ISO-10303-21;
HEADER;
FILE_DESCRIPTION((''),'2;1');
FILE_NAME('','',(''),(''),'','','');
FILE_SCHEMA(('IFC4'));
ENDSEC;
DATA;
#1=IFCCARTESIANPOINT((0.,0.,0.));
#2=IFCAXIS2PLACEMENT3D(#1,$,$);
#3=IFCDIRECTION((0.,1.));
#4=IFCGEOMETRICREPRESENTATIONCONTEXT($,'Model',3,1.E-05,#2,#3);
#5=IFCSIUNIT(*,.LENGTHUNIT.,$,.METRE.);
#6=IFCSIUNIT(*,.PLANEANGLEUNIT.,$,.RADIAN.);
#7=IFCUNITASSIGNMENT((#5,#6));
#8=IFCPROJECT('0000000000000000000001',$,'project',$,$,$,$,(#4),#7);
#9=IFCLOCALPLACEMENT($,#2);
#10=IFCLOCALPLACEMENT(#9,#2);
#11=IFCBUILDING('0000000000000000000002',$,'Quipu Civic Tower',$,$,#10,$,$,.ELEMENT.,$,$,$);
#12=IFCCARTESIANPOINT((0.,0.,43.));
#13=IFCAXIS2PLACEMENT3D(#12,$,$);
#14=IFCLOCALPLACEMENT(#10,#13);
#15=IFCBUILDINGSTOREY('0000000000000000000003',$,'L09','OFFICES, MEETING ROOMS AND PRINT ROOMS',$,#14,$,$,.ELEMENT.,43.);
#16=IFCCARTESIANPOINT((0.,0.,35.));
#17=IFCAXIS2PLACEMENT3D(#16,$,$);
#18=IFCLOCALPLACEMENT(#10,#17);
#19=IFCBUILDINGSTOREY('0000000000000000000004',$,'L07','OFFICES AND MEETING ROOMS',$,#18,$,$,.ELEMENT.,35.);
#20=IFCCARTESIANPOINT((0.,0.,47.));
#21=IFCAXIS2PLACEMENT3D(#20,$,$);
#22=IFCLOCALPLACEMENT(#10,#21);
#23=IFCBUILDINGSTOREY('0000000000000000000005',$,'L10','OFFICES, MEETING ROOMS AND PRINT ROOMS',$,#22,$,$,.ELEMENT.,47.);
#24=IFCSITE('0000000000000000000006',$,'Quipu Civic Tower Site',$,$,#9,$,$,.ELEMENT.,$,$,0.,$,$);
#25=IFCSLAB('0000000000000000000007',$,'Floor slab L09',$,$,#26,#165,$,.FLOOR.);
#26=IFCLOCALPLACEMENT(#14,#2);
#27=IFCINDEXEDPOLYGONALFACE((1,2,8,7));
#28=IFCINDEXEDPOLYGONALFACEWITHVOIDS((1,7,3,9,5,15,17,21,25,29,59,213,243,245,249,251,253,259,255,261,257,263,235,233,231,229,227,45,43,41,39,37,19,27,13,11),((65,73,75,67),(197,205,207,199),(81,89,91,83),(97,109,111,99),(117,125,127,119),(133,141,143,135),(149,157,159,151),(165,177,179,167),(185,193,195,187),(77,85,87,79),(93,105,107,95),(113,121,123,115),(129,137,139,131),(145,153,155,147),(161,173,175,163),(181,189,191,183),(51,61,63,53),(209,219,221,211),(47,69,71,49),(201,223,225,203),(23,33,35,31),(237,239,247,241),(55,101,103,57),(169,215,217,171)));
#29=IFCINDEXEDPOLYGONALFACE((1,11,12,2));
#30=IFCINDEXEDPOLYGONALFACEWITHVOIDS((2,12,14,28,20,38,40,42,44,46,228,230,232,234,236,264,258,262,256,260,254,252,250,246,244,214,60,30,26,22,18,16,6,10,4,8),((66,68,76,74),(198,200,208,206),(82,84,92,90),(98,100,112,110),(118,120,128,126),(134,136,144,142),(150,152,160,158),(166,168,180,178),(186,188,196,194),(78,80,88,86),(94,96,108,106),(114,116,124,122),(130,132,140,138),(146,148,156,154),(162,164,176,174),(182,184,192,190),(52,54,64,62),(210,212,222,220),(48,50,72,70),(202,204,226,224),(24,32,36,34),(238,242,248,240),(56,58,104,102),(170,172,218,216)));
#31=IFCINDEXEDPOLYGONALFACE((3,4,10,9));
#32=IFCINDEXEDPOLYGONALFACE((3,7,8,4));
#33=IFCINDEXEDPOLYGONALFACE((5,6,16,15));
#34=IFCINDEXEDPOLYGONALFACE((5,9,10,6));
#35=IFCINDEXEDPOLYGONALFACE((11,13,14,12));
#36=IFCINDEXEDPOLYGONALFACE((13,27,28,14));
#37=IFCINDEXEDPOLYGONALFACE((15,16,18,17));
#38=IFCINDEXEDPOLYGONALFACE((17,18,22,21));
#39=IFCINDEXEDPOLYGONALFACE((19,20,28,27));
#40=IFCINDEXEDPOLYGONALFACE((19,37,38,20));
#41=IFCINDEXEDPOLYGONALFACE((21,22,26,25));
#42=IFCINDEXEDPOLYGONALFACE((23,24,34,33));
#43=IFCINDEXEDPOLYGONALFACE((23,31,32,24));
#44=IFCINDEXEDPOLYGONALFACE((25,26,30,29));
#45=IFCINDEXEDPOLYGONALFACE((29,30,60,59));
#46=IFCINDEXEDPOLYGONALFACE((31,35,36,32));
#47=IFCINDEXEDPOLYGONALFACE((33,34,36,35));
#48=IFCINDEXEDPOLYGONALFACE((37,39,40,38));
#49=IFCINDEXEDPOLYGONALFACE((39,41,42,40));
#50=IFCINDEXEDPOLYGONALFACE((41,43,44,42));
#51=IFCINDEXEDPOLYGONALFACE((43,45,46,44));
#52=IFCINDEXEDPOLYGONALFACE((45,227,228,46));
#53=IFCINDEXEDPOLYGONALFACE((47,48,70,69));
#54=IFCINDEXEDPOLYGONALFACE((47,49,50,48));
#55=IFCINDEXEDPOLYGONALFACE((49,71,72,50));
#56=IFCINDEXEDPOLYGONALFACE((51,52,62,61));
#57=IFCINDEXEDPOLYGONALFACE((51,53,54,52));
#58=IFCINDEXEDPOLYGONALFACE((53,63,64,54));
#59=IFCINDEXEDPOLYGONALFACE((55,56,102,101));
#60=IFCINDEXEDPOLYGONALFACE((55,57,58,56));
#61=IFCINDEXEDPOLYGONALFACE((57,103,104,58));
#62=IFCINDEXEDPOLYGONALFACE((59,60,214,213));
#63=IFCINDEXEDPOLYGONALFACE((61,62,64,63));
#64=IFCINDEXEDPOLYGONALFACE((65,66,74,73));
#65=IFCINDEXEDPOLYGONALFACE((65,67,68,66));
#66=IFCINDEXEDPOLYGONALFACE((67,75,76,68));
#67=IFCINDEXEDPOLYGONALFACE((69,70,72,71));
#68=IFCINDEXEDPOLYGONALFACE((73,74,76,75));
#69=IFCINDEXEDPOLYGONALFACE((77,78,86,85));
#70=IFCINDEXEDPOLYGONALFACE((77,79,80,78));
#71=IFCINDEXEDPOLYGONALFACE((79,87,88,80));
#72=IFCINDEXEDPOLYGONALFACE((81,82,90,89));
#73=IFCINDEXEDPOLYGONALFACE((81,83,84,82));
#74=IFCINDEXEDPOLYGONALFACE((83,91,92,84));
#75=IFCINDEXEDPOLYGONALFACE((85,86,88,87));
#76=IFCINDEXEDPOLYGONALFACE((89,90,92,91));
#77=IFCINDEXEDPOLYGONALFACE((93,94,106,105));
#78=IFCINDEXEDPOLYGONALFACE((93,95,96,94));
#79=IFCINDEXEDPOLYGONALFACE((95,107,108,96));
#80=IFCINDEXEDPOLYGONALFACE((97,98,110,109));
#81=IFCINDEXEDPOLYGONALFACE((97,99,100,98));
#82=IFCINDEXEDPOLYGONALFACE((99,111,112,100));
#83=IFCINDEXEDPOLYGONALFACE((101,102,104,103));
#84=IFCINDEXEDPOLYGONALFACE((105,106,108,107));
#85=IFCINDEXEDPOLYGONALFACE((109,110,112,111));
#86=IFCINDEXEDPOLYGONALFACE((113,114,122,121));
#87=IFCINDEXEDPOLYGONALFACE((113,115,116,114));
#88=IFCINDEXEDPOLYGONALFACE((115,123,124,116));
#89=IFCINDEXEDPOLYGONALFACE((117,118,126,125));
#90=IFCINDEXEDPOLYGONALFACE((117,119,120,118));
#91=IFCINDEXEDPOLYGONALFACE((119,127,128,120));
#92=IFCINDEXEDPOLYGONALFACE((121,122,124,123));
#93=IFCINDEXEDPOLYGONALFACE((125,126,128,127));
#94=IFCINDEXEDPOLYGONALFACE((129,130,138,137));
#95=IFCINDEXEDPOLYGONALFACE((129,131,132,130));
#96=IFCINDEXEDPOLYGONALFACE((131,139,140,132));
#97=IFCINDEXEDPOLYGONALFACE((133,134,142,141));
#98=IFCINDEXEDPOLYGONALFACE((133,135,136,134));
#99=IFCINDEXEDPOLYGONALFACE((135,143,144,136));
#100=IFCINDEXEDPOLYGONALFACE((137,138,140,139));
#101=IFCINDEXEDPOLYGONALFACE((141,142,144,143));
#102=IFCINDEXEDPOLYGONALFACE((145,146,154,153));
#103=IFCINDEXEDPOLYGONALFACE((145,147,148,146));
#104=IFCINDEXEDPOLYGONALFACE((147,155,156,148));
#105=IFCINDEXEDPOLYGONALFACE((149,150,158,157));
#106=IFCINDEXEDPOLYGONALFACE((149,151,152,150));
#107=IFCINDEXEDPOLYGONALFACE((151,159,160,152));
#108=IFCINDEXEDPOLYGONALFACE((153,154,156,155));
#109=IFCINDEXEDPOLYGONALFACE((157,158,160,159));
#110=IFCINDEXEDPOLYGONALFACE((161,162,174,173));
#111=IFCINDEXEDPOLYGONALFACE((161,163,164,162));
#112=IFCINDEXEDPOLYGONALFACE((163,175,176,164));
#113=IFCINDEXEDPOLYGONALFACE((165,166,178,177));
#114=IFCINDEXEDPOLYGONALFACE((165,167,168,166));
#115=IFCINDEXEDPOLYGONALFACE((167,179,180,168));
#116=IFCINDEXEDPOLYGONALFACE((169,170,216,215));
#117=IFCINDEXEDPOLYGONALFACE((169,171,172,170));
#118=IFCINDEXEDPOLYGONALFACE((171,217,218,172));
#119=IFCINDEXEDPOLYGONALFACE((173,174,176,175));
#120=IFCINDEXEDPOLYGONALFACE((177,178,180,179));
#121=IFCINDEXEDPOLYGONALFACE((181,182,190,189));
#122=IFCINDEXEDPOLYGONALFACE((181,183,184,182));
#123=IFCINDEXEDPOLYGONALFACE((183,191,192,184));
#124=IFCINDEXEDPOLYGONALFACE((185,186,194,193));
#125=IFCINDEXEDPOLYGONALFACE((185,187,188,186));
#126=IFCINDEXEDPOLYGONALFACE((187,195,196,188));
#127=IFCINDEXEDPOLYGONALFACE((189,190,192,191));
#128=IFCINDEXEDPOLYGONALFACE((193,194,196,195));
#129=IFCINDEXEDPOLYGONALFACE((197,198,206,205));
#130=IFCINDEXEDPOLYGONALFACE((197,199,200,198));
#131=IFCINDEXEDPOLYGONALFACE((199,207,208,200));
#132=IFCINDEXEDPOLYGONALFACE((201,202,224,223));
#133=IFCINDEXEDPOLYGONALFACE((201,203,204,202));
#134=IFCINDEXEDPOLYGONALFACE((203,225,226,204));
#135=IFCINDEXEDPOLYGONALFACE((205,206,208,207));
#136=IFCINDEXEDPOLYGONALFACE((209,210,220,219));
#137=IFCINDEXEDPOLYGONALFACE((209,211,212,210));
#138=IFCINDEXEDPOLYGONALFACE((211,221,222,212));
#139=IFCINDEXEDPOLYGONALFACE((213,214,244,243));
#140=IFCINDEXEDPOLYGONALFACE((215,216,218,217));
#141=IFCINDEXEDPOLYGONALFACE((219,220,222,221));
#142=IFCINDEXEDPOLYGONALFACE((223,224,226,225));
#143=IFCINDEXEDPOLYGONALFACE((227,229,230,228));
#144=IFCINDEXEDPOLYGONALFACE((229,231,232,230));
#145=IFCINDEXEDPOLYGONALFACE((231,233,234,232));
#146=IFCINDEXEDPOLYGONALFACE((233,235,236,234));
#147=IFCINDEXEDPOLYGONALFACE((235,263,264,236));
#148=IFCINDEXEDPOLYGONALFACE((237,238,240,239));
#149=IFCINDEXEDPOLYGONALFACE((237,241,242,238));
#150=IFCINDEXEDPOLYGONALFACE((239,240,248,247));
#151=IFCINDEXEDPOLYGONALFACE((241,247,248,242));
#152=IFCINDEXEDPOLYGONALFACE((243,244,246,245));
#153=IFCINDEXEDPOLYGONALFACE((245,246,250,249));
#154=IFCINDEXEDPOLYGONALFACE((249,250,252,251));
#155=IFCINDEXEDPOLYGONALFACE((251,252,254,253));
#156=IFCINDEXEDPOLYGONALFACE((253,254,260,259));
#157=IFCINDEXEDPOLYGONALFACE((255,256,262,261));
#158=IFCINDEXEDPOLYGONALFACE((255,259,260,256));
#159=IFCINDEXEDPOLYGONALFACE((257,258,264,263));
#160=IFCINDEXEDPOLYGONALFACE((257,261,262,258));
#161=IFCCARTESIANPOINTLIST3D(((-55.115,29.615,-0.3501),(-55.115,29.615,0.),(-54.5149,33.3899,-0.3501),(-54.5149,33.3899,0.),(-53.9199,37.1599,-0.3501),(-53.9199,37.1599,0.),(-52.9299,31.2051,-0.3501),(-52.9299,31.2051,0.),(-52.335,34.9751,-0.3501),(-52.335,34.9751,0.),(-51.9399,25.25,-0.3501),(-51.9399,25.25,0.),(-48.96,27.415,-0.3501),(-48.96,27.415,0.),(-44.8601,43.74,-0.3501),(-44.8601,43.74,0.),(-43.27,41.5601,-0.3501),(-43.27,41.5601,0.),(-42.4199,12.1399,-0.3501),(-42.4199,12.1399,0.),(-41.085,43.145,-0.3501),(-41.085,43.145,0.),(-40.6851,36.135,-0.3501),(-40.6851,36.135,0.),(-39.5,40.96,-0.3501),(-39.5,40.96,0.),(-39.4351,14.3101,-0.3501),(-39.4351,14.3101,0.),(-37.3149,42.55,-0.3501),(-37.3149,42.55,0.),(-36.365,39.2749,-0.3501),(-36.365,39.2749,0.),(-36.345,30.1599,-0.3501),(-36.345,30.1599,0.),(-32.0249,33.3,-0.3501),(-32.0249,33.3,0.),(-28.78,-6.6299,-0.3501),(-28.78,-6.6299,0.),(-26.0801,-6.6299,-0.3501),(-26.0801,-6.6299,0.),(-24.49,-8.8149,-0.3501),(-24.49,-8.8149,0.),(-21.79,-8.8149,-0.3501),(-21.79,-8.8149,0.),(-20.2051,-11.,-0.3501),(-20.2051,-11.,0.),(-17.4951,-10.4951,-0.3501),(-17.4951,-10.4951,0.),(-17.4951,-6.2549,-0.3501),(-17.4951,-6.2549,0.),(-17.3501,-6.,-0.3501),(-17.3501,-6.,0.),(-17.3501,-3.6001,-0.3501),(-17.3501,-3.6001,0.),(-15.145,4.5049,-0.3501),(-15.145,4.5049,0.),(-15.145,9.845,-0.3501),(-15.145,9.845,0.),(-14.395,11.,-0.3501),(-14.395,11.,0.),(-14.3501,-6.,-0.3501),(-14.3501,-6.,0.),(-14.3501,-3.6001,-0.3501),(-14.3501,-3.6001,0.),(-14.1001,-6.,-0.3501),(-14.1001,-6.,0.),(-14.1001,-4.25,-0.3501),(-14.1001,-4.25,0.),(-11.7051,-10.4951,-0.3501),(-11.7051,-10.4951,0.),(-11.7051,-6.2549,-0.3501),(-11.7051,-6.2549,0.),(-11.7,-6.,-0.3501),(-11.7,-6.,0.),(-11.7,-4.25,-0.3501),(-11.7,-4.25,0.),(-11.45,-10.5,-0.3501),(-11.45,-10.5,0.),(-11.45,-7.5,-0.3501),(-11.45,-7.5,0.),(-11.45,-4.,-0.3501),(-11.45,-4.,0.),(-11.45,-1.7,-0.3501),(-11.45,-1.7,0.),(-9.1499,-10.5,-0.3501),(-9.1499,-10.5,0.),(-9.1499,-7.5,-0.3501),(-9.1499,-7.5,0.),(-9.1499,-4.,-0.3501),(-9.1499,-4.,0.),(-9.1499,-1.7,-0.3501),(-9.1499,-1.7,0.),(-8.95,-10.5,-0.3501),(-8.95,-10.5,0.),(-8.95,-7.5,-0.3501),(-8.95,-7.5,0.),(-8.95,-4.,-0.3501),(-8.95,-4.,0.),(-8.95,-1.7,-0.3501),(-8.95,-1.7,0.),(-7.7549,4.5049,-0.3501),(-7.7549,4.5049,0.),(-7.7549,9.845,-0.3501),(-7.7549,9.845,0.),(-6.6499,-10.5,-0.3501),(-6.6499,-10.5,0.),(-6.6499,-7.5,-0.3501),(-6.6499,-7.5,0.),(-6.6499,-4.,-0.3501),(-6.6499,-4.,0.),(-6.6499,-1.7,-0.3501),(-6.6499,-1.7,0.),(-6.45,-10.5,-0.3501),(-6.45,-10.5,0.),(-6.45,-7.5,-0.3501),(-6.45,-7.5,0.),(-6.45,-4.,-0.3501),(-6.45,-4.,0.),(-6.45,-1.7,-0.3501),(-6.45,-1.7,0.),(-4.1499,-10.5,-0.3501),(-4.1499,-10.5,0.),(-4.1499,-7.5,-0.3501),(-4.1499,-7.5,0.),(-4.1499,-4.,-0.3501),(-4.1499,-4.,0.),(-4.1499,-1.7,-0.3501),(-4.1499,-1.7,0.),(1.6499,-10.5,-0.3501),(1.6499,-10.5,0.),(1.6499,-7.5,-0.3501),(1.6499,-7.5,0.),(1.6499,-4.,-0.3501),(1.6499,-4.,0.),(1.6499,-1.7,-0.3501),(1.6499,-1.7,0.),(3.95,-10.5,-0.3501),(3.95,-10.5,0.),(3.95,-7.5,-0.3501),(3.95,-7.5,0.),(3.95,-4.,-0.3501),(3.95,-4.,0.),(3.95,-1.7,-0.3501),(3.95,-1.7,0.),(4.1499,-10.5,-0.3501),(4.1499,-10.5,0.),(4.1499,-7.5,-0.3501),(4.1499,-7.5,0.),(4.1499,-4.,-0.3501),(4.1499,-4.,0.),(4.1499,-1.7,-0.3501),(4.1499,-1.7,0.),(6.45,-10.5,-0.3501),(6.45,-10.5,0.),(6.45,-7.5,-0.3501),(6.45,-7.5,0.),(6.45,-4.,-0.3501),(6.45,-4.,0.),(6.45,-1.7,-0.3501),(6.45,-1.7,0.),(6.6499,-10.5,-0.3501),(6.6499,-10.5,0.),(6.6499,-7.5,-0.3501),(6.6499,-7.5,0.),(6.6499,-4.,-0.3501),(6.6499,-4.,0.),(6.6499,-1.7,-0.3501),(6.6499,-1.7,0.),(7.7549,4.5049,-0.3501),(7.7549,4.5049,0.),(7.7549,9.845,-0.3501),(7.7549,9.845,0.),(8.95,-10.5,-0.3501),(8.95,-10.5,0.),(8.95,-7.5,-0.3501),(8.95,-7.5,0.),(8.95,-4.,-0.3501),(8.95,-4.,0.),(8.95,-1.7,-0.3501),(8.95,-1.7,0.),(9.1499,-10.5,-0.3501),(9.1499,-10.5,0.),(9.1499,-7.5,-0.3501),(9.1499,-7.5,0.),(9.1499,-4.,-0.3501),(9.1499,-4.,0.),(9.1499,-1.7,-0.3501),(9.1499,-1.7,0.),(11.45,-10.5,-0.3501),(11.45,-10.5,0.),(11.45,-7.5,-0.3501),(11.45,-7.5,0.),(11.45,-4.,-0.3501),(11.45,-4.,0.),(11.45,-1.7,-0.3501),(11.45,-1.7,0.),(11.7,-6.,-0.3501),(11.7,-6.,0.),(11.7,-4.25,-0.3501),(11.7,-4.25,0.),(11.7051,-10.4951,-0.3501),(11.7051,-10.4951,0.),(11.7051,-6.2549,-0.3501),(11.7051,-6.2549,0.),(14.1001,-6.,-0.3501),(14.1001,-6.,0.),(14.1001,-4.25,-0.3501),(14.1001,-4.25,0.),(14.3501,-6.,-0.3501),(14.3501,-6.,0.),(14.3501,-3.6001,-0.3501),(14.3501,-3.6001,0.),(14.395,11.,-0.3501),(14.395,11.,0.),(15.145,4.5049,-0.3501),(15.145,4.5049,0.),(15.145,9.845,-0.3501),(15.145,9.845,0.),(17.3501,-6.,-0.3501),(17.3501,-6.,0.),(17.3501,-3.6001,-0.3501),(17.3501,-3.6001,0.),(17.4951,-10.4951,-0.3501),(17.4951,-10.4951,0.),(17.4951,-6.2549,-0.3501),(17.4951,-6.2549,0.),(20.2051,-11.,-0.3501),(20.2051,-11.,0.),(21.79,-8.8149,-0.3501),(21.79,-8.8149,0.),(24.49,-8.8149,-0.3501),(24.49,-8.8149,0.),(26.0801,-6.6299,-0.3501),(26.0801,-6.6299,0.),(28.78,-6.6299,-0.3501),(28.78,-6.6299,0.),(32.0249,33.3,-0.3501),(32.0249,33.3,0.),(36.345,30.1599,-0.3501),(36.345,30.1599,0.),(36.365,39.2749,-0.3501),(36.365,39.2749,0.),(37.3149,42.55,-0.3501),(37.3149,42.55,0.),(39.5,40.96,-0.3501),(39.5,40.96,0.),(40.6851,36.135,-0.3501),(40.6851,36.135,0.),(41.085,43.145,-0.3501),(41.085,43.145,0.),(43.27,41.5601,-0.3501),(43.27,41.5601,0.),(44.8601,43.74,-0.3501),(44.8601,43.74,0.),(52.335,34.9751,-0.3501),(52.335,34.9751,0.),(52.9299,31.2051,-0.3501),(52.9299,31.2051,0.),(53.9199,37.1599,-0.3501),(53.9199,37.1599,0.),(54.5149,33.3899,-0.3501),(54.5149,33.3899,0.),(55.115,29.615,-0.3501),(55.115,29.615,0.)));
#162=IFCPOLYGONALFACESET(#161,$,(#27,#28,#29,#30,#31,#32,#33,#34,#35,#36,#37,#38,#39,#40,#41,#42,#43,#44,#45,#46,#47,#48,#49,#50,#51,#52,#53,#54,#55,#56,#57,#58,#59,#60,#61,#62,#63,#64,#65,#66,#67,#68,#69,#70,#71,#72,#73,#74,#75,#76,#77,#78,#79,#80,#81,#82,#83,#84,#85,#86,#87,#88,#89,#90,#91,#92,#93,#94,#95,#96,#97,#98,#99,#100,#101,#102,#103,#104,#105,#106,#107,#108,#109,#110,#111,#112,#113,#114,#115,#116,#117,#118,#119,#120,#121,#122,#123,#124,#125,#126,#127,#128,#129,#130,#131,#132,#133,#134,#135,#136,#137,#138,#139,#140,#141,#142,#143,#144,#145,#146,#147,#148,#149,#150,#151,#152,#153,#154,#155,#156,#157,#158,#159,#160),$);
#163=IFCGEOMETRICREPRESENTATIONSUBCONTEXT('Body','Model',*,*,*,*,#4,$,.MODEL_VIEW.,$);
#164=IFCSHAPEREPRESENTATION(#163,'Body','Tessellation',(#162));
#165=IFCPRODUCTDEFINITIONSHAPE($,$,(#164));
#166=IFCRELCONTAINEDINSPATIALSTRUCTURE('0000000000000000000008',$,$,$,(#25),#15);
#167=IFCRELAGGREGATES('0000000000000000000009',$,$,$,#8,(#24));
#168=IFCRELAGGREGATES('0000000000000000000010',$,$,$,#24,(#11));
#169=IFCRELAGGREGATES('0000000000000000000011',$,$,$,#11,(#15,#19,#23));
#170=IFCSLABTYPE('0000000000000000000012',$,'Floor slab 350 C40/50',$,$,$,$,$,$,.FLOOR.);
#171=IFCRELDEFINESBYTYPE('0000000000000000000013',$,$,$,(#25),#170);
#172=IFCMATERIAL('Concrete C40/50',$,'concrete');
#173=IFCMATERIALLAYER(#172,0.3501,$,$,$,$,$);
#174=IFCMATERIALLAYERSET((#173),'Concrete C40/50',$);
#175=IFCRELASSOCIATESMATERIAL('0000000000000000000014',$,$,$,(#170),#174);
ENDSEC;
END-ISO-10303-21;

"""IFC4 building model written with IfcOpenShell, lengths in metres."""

from ifc_helpers import new_model, si_unit, direction, frame, origin, place, context, subcontext, project, spatial, polyline, outline, extrude, material, layer, layer_set, type_object, element, save


model = new_model("IFC4")

# Units and contexts
model_context = context("Model", 3, precision=1e-05, world=origin(), true_north=direction((0.0, 1.0)))
body_context = subcontext(model_context, "Body", "Model", "MODEL_VIEW")
ifc_project = project(units=[si_unit("LENGTHUNIT", "METRE"), si_unit("PLANEANGLEUNIT", "RADIAN")], contexts=[model_context])

# Site, building, storey
site_placement = place(None, origin())
site = spatial("IfcSite", under=ifc_project, at=site_placement, Name="Quipu Civic Tower Site", CompositionType="ELEMENT", RefElevation=0.0)
building_placement = place(site_placement, origin())
building = spatial("IfcBuilding", under=site, at=building_placement, Name="Quipu Civic Tower", CompositionType="ELEMENT")
storey_1_placement = place(building_placement, frame((0.0, 0.0, 43.0)))
storey_1 = spatial("IfcBuildingStorey", under=building, at=storey_1_placement, Name="L09", Description="OFFICES, MEETING ROOMS AND PRINT ROOMS", CompositionType="ELEMENT", Elevation=43.0)

# Shared definitions
storey_2_placement = place(building_placement, frame((0.0, 0.0, 35.0)))
storey_2 = spatial("IfcBuildingStorey", under=building, at=storey_2_placement, Name="L07", Description="OFFICES AND MEETING ROOMS", CompositionType="ELEMENT", Elevation=35.0)

# Shared definitions
storey_3_placement = place(building_placement, frame((0.0, 0.0, 47.0)))
storey_3 = spatial("IfcBuildingStorey", under=building, at=storey_3_placement, Name="L10", Description="OFFICES, MEETING ROOMS AND PRINT ROOMS", CompositionType="ELEMENT", Elevation=47.0)

# Slab
ifc_material_1 = material(Name="Concrete C40/50", Category="concrete")
ifc_layer_1 = layer(ifc_material_1, 0.3501)
ifc_layer_set_1 = layer_set([ifc_layer_1], Name="Concrete C40/50")
slab_type_1 = type_object("IfcSlabType", Name="Floor slab 350 C40/50", PredefinedType="FLOOR", material=ifc_layer_set_1)
slab_1_placement = place(storey_1_placement, frame((0.0, 0.0, -0.3501)))
element("IfcSlab", 1, at=slab_1_placement, inside=storey_1, type_object=slab_type_1, Name="Floor slab L09", PredefinedType="FLOOR", context=body_context, shape_type="SweptSolid", body=[
    extrude(outline(polyline([(-54.5149, 33.3899), (-52.335, 34.9751), (-53.9199, 37.1599), (-44.8601, 43.74), (-43.27, 41.5601), (-41.085, 43.145), (-39.5, 40.96), (-37.3149, 42.55), (-14.395, 11.0), (14.395, 11.0), (37.3149, 42.55), (39.5, 40.96), (41.085, 43.145), (43.27, 41.5601), (44.8601, 43.74), (53.9199, 37.1599), (52.335, 34.9751), (54.5149, 33.3899), (52.9299, 31.2051), (55.115, 29.615), (28.78, -6.6299), (26.0801, -6.6299), (24.49, -8.8149), (21.79, -8.8149), (20.2051, -11.0), (-20.2051, -11.0), (-21.79, -8.8149), (-24.49, -8.8149), (-26.0801, -6.6299), (-28.78, -6.6299), (-42.4199, 12.1399), (-39.4351, 14.3101), (-48.96, 27.415), (-51.9399, 25.25), (-55.115, 29.615), (-52.9299, 31.2051), (-54.5149, 33.3899)]), holes=[polyline([(-11.45, -7.5), (-11.45, -10.5), (-9.1499, -10.5), (-9.1499, -7.5), (-11.45, -7.5)]), polyline([(-6.6499, -7.5), (-8.95, -7.5), (-8.95, -10.5), (-6.6499, -10.5), (-6.6499, -7.5)]), polyline([(-4.1499, -7.5), (-6.45, -7.5), (-6.45, -10.5), (-4.1499, -10.5), (-4.1499, -7.5)]), polyline([(1.6499, -7.5), (1.6499, -10.5), (3.95, -10.5), (3.95, -7.5), (1.6499, -7.5)]), polyline([(-11.7051, -10.4951), (-11.7051, -6.2549), (-17.4951, -6.2549), (-17.4951, -10.4951), (-11.7051, -10.4951)]), polyline([(-11.7, -4.25), (-14.1001, -4.25), (-14.1001, -6.0), (-11.7, -6.0), (-11.7, -4.25)]), polyline([(-17.3501, -3.6001), (-17.3501, -6.0), (-14.3501, -6.0), (-14.3501, -3.6001), (-17.3501, -3.6001)]), polyline([(-9.1499, -1.7), (-11.45, -1.7), (-11.45, -4.0), (-9.1499, -4.0), (-9.1499, -1.7)]), polyline([(-6.6499, -1.7), (-8.95, -1.7), (-8.95, -4.0), (-6.6499, -4.0), (-6.6499, -1.7)]), polyline([(-6.45, -1.7), (-6.45, -4.0), (-4.1499, -4.0), (-4.1499, -1.7), (-6.45, -1.7)]), polyline([(-7.7549, 4.5049), (-7.7549, 9.845), (-15.145, 9.845), (-15.145, 4.5049), (-7.7549, 4.5049)]), polyline([(-36.365, 39.2749), (-40.6851, 36.135), (-36.345, 30.1599), (-32.0249, 33.3), (-36.365, 39.2749)]), polyline([(4.1499, -7.5), (4.1499, -10.5), (6.45, -10.5), (6.45, -7.5), (4.1499, -7.5)]), polyline([(8.95, -7.5), (6.6499, -7.5), (6.6499, -10.5), (8.95, -10.5), (8.95, -7.5)]), polyline([(11.45, -7.5), (9.1499, -7.5), (9.1499, -10.5), (11.45, -10.5), (11.45, -7.5)]), polyline([(11.7051, -10.4951), (17.4951, -10.4951), (17.4951, -6.2549), (11.7051, -6.2549), (11.7051, -10.4951)]), polyline([(14.1001, -4.25), (11.7, -4.25), (11.7, -6.0), (14.1001, -6.0), (14.1001, -4.25)]), polyline([(17.3501, -3.6001), (14.3501, -3.6001), (14.3501, -6.0), (17.3501, -6.0), (17.3501, -3.6001)]), polyline([(1.6499, -1.7), (1.6499, -4.0), (3.95, -4.0), (3.95, -1.7), (1.6499, -1.7)]), polyline([(6.45, -1.7), (4.1499, -1.7), (4.1499, -4.0), (6.45, -4.0), (6.45, -1.7)]), polyline([(8.95, -1.7), (6.6499, -1.7), (6.6499, -4.0), (8.95, -4.0), (8.95, -1.7)]), polyline([(9.1499, -1.7), (9.1499, -4.0), (11.45, -4.0), (11.45, -1.7), (9.1499, -1.7)]), polyline([(7.7549, 9.845), (7.7549, 4.5049), (15.145, 4.5049), (15.145, 9.845), (7.7549, 9.845)]), polyline([(40.6851, 36.135), (36.365, 39.2749), (32.0249, 33.3), (36.345, 30.1599), (40.6851, 36.135)])]), origin(), (0.0, 0.0, 1.0), 0.3501),
])

save(model, "model.ifc")
